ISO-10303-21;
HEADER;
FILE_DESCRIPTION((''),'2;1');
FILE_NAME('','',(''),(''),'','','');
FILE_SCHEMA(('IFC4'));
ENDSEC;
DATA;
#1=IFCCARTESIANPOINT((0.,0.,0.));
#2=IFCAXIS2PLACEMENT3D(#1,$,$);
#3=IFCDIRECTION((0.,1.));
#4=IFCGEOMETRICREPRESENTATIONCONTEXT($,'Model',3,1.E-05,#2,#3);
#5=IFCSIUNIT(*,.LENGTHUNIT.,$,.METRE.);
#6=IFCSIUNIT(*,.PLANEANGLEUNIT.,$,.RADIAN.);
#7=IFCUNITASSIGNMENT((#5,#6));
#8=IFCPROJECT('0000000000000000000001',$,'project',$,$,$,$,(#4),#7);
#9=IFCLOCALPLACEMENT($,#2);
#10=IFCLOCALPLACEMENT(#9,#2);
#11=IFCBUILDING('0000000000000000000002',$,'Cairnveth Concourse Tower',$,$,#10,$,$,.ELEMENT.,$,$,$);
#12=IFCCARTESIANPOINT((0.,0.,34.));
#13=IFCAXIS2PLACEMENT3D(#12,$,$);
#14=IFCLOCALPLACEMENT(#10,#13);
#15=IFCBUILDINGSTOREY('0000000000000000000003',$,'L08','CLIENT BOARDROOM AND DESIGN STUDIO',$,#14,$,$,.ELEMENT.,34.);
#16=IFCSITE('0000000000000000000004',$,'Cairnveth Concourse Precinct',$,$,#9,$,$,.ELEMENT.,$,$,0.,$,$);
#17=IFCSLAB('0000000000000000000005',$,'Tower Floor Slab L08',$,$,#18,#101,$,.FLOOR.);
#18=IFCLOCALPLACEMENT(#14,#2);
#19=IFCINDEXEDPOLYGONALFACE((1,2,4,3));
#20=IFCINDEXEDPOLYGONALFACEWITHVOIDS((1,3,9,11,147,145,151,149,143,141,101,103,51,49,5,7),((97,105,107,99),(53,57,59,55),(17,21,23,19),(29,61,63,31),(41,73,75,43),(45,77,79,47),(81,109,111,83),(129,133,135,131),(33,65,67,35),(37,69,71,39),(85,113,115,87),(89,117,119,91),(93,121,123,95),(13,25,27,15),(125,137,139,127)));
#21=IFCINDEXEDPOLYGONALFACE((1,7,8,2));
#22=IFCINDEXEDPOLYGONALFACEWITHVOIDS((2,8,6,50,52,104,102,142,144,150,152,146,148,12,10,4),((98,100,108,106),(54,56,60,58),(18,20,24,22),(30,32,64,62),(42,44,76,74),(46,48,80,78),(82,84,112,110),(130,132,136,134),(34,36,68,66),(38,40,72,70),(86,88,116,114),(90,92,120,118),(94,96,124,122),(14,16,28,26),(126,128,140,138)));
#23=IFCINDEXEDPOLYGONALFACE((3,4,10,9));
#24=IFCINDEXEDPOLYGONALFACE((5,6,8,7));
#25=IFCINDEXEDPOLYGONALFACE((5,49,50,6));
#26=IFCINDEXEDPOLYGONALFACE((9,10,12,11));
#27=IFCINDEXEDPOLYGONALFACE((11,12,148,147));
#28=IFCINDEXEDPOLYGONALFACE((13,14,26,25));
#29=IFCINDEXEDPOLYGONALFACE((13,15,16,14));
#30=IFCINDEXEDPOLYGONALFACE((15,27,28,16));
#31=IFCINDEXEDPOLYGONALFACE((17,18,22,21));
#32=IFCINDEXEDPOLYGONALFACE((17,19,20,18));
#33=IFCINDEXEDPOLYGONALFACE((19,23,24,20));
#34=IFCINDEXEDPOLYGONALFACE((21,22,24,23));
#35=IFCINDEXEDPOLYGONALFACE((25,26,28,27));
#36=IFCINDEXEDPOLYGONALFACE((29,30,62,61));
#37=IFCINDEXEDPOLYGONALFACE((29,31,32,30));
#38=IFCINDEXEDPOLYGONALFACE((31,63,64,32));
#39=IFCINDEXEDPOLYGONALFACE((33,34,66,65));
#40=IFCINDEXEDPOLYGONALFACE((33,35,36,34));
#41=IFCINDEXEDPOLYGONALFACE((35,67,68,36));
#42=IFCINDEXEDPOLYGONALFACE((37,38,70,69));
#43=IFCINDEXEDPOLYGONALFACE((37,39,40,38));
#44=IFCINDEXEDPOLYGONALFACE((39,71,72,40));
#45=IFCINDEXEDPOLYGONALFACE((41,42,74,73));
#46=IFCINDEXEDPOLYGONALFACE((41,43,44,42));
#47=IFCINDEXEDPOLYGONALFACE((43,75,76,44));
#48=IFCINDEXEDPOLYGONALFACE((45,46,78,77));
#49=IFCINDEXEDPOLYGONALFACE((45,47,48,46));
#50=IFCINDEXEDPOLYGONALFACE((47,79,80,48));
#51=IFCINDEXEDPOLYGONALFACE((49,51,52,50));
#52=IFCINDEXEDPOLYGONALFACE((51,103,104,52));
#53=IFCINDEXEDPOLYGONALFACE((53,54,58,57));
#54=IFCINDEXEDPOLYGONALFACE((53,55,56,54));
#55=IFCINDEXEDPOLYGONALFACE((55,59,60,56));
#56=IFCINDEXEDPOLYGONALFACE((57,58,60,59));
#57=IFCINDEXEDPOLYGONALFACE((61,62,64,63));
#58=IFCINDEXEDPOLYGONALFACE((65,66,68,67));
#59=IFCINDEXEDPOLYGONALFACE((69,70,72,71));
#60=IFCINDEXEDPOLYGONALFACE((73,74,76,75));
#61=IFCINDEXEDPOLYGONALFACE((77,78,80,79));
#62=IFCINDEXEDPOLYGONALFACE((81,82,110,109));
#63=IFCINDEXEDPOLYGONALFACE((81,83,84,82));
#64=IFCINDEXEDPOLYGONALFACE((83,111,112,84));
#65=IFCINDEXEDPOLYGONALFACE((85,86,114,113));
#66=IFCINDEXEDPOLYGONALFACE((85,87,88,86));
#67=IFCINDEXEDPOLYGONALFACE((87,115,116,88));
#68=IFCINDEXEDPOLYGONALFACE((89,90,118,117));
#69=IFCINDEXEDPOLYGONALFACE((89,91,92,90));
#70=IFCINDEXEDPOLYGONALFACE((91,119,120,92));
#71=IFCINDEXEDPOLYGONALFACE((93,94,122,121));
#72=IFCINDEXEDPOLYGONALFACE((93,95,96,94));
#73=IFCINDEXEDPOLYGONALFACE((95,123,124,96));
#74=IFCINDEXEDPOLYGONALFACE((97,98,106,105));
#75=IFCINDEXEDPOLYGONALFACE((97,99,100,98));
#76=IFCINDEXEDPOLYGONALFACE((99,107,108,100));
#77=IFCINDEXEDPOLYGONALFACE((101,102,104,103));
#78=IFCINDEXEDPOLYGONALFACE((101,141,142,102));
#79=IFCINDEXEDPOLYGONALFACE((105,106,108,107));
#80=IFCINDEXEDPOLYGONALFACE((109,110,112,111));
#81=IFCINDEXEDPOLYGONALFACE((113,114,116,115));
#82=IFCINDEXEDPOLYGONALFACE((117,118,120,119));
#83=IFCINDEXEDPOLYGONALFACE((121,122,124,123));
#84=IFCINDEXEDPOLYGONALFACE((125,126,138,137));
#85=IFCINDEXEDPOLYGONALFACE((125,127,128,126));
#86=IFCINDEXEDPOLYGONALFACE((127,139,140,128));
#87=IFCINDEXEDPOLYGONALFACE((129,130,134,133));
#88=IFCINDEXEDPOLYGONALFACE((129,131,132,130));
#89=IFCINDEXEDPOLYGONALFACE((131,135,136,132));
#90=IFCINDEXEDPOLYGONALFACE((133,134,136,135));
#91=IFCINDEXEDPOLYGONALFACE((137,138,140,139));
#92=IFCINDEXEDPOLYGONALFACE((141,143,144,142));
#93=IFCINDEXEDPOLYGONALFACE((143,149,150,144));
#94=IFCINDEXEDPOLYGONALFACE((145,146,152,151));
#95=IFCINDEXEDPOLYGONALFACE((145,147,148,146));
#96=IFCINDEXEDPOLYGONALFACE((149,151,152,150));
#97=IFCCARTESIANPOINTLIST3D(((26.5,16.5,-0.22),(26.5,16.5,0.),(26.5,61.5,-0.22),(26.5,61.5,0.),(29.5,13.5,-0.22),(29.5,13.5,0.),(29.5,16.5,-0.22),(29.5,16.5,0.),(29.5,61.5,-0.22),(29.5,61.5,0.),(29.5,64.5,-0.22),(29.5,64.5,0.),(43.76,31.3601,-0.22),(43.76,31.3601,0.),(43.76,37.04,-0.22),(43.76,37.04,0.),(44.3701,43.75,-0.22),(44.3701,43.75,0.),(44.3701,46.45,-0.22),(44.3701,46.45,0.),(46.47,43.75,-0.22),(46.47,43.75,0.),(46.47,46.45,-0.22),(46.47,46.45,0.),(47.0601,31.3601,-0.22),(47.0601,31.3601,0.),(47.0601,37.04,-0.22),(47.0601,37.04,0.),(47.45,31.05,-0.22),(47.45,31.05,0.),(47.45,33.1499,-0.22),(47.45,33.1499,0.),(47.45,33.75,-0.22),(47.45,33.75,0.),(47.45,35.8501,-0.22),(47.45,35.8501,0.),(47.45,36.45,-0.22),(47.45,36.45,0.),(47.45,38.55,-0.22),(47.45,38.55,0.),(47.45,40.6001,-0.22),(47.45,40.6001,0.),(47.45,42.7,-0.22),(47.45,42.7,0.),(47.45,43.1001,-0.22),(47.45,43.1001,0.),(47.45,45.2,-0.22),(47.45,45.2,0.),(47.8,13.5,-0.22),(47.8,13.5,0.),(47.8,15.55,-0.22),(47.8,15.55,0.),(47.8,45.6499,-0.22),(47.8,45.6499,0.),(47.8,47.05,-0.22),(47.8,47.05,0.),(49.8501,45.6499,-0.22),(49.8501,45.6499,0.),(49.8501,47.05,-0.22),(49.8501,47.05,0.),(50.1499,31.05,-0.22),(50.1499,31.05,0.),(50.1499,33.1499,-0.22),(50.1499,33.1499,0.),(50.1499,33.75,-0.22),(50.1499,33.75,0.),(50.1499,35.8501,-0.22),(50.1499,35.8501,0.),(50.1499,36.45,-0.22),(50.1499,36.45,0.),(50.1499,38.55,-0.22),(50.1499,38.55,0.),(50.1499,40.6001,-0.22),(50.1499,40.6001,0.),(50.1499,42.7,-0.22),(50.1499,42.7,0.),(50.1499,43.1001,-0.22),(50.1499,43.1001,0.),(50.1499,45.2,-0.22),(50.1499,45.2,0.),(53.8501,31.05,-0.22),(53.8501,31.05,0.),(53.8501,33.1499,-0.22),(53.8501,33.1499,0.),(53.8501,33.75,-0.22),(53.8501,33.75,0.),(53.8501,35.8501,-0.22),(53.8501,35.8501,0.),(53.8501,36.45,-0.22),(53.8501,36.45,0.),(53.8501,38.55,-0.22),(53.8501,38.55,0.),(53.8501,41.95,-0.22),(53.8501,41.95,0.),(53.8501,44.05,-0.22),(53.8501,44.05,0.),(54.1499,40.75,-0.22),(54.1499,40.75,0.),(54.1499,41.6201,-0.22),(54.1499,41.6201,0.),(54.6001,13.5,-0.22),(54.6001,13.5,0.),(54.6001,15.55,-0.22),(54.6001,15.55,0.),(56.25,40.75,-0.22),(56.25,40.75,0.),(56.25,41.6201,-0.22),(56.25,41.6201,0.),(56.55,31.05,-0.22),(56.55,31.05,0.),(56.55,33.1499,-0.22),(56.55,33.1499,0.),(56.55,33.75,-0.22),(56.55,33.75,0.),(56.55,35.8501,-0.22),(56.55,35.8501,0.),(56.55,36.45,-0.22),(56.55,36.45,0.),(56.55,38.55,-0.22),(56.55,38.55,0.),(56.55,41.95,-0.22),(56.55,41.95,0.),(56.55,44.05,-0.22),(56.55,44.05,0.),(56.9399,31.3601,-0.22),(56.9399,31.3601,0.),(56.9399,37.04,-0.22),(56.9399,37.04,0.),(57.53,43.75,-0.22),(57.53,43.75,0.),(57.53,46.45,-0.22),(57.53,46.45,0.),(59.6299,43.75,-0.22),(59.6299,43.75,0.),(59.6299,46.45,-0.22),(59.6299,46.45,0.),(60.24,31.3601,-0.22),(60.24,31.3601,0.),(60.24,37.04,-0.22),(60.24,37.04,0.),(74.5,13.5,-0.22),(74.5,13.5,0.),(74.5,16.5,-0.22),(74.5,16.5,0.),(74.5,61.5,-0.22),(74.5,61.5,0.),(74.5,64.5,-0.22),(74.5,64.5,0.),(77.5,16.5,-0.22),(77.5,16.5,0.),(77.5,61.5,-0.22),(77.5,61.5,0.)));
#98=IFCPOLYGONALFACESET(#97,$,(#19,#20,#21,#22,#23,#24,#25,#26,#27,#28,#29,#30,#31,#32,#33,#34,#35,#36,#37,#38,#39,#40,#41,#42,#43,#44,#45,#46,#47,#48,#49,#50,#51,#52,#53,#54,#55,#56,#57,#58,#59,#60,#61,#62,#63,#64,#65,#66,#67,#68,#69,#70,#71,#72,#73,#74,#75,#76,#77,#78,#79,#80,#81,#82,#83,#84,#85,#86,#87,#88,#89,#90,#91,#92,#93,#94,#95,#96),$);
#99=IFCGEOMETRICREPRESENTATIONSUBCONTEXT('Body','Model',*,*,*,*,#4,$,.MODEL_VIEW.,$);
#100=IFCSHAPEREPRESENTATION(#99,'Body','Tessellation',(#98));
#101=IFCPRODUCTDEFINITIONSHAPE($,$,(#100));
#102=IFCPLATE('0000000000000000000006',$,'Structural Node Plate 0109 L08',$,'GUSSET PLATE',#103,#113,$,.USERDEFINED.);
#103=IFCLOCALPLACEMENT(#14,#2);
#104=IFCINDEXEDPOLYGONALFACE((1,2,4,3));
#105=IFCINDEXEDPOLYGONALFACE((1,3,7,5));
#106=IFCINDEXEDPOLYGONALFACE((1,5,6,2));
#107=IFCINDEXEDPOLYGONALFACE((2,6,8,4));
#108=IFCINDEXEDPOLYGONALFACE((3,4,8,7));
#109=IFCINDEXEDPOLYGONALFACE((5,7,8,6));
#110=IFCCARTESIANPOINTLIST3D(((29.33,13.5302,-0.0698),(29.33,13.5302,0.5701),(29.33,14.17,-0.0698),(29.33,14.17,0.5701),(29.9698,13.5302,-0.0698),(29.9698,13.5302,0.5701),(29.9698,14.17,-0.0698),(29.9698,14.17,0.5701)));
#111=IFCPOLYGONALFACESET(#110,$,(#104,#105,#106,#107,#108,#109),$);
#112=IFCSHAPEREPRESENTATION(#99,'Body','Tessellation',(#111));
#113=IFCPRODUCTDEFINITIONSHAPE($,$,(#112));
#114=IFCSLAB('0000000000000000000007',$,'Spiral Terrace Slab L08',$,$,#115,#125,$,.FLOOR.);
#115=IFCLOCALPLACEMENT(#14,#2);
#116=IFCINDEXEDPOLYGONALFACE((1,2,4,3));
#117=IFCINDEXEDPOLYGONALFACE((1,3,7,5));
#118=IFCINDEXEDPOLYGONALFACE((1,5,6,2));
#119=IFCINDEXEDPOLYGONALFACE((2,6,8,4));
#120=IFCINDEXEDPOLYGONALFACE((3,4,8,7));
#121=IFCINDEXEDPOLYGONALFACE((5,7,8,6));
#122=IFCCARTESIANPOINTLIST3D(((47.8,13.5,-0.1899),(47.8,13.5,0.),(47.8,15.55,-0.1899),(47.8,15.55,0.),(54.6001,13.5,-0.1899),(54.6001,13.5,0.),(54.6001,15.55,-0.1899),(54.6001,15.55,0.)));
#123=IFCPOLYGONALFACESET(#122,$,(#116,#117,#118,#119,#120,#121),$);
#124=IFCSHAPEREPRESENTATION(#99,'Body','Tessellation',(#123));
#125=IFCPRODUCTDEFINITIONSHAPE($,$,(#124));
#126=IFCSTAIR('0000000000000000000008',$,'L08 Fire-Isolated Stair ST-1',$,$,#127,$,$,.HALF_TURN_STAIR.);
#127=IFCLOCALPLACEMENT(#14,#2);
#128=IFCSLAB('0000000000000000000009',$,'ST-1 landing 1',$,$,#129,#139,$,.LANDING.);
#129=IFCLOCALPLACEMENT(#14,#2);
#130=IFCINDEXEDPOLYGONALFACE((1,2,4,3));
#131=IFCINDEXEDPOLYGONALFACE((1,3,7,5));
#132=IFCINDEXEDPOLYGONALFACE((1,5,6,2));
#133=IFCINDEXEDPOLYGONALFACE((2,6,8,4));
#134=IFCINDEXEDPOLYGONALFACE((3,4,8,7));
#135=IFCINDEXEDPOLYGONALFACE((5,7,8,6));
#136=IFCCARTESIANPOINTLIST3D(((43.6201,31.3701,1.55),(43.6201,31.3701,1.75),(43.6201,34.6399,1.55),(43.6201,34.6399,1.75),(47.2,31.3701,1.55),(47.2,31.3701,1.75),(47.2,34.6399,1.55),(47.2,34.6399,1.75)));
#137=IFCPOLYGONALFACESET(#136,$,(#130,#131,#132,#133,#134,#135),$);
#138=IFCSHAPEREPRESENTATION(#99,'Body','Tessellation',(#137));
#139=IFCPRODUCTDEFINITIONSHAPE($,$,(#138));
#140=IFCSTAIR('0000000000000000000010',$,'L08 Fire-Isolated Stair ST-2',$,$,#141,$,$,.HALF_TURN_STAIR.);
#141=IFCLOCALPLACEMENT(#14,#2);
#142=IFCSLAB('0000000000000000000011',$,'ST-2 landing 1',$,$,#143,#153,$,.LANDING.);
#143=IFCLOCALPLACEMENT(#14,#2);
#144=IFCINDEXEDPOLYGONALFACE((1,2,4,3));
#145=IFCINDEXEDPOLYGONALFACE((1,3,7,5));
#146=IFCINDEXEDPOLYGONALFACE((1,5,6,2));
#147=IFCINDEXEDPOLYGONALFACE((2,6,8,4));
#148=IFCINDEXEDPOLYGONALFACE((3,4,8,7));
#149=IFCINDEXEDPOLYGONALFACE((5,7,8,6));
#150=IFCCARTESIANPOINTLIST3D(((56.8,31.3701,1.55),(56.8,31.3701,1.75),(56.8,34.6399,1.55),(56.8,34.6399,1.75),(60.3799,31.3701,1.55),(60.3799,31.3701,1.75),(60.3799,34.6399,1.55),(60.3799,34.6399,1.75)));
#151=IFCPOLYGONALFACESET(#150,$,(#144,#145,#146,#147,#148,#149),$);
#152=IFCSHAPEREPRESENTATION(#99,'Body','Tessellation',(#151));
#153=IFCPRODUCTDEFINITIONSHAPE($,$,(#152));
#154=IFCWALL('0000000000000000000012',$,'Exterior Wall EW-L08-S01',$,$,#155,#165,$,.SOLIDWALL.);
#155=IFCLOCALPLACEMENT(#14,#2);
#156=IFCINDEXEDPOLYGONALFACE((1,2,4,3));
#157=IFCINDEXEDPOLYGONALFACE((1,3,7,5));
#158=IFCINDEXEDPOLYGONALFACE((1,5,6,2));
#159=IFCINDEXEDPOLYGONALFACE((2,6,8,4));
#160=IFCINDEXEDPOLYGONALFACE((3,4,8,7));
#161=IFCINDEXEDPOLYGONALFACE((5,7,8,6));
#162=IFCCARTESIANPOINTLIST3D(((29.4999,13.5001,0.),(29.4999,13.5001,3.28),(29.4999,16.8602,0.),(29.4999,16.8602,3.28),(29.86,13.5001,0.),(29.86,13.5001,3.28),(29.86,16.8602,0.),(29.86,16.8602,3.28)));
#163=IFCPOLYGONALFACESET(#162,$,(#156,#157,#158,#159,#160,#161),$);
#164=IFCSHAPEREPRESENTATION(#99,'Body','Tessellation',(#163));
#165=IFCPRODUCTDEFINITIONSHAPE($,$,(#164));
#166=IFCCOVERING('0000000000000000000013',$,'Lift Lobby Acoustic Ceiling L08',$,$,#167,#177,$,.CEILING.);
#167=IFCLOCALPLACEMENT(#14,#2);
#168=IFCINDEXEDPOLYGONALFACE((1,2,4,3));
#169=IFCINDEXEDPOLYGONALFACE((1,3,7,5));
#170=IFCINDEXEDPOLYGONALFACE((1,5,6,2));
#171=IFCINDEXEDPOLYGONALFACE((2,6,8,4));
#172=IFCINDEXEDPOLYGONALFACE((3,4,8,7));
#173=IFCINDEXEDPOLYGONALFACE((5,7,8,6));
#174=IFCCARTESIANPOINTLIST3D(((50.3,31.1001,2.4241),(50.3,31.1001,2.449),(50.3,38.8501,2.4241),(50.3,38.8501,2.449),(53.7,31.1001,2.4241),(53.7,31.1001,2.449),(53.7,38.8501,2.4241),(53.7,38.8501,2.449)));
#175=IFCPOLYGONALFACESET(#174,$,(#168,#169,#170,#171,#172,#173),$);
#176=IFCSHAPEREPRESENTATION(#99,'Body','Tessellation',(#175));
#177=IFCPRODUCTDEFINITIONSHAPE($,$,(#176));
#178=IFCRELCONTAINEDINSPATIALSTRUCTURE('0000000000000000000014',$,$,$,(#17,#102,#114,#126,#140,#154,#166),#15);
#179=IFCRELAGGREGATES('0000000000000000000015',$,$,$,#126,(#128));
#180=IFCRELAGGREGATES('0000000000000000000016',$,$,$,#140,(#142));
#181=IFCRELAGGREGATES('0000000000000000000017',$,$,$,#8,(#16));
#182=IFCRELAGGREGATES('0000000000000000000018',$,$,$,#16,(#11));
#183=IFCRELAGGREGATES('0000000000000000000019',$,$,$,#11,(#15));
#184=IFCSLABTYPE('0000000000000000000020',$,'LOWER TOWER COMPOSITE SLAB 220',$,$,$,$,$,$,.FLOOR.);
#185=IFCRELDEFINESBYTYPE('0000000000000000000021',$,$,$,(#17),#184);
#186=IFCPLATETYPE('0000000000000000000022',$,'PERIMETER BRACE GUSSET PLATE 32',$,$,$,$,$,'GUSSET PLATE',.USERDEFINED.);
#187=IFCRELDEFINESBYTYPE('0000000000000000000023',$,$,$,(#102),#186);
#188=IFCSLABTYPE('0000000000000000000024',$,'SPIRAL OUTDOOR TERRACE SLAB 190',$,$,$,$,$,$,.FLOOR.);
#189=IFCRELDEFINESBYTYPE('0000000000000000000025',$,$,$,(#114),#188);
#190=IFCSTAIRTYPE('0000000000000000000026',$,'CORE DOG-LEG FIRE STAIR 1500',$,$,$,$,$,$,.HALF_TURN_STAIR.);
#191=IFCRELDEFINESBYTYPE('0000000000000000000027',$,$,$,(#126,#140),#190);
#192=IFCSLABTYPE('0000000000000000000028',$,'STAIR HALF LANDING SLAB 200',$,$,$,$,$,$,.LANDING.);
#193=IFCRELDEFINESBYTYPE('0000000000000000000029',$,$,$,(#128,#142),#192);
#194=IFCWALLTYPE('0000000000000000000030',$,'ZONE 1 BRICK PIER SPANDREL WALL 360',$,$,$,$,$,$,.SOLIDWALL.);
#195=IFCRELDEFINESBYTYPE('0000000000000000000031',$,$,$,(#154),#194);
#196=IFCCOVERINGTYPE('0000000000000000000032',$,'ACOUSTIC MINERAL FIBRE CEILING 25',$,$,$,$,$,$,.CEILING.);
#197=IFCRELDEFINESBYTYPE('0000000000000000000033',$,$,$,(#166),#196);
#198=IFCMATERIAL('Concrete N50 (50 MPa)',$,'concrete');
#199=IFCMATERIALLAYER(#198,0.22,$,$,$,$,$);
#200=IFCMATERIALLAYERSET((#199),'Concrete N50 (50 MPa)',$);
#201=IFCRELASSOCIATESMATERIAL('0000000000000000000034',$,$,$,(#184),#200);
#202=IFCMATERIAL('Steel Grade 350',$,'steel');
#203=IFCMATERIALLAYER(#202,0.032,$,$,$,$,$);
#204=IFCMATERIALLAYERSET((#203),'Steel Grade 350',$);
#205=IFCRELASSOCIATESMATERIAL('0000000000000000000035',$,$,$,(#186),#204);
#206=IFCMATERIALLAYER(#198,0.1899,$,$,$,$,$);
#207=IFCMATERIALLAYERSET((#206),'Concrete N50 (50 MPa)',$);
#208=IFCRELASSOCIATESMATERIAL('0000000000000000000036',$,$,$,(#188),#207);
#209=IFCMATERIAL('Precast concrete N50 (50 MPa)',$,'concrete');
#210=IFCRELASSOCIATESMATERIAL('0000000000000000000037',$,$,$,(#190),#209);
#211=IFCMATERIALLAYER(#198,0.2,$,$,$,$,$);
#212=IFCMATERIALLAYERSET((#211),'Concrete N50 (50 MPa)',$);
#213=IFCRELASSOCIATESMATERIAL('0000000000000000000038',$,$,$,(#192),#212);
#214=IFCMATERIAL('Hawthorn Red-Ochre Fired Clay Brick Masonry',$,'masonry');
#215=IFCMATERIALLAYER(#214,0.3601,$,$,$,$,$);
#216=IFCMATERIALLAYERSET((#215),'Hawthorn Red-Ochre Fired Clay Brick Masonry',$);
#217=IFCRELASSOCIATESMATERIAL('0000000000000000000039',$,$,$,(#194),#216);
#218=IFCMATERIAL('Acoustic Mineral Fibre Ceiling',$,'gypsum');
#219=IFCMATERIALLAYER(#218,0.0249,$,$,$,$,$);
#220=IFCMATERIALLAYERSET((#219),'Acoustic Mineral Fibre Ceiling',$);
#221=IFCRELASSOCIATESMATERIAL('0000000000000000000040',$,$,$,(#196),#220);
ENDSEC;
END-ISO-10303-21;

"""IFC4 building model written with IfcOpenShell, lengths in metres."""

from ifc_helpers import new_model, si_unit, direction, frame, frame_2d, origin, origin_2d, place, context, subcontext, project, spatial, polyline, rectangle, outline, extrude, material, layer, layer_set, type_object, element, aggregate, save


model = new_model("IFC4")

# Units and contexts
model_context = context("Model", 3, precision=1e-05, world=origin(), true_north=direction((0.0, 1.0)))
body_context = subcontext(model_context, "Body", "Model", "MODEL_VIEW")
ifc_project = project(units=[si_unit("LENGTHUNIT", "METRE"), si_unit("PLANEANGLEUNIT", "RADIAN")], contexts=[model_context])

# Site, building, storey
site_placement = place(None, origin())
site = spatial("IfcSite", under=ifc_project, at=site_placement, Name="Cairnveth Concourse Precinct", CompositionType="ELEMENT", RefElevation=0.0)
building_placement = place(site_placement, origin())
building = spatial("IfcBuilding", under=site, at=building_placement, Name="Cairnveth Concourse Tower", CompositionType="ELEMENT")
storey_placement = place(building_placement, frame((0.0, 0.0, 34.0)))
storey = spatial("IfcBuildingStorey", under=building, at=storey_placement, Name="L08", Description="CLIENT BOARDROOM AND DESIGN STUDIO", CompositionType="ELEMENT", Elevation=34.0)

# Shared definitions
ifc_material_1 = material(Name="Steel Grade 350", Category="steel")

# Slab
ifc_material_2 = material(Name="Concrete N50 (50 MPa)", Category="concrete")
ifc_layer_1 = layer(ifc_material_2, 0.22)
ifc_layer_set_1 = layer_set([ifc_layer_1], Name="Concrete N50 (50 MPa)")
slab_type_1 = type_object("IfcSlabType", Name="LOWER TOWER COMPOSITE SLAB 220", PredefinedType="FLOOR", material=ifc_layer_set_1)
slab_1_placement = place(storey_placement, frame((0.0, 0.0, -0.22)))
element("IfcSlab", 1, at=slab_1_placement, inside=storey, type_object=slab_type_1, Name="Tower Floor Slab L08", PredefinedType="FLOOR", context=body_context, shape_type="SweptSolid", body=[
    extrude(outline(polyline([(47.8, 13.5), (47.8, 15.55), (54.6001, 15.55), (54.6001, 13.5), (74.5, 13.5), (74.5, 16.5), (77.5, 16.5), (77.5, 61.5), (74.5, 61.5), (74.5, 64.5), (29.5, 64.5), (29.5, 61.5), (26.5, 61.5), (26.5, 16.5), (29.5, 16.5), (29.5, 13.5), (47.8, 13.5)]), holes=[polyline([(43.76, 31.3601), (47.0601, 31.3601), (47.0601, 37.04), (43.76, 37.04), (43.76, 31.3601)]), polyline([(56.9399, 31.3601), (60.24, 31.3601), (60.24, 37.04), (56.9399, 37.04), (56.9399, 31.3601)]), polyline([(44.3701, 43.75), (46.47, 43.75), (46.47, 46.45), (44.3701, 46.45), (44.3701, 43.75)]), polyline([(57.53, 43.75), (59.6299, 43.75), (59.6299, 46.45), (57.53, 46.45), (57.53, 43.75)]), polyline([(47.45, 31.05), (50.1499, 31.05), (50.1499, 33.1499), (47.45, 33.1499), (47.45, 31.05)]), polyline([(47.45, 33.75), (50.1499, 33.75), (50.1499, 35.8501), (47.45, 35.8501), (47.45, 33.75)]), polyline([(47.45, 36.45), (50.1499, 36.45), (50.1499, 38.55), (47.45, 38.55), (47.45, 36.45)]), polyline([(53.8501, 31.05), (56.55, 31.05), (56.55, 33.1499), (53.8501, 33.1499), (53.8501, 31.05)]), polyline([(53.8501, 33.75), (56.55, 33.75), (56.55, 35.8501), (53.8501, 35.8501), (53.8501, 33.75)]), polyline([(53.8501, 36.45), (56.55, 36.45), (56.55, 38.55), (53.8501, 38.55), (53.8501, 36.45)]), polyline([(47.45, 40.6001), (50.1499, 40.6001), (50.1499, 42.7), (47.45, 42.7), (47.45, 40.6001)]), polyline([(47.45, 43.1001), (50.1499, 43.1001), (50.1499, 45.2), (47.45, 45.2), (47.45, 43.1001)]), polyline([(53.8501, 41.95), (56.55, 41.95), (56.55, 44.05), (53.8501, 44.05), (53.8501, 41.95)]), polyline([(47.8, 45.6499), (49.8501, 45.6499), (49.8501, 47.05), (47.8, 47.05), (47.8, 45.6499)]), polyline([(54.1499, 40.75), (56.25, 40.75), (56.25, 41.6201), (54.1499, 41.6201), (54.1499, 40.75)])]), origin(), (0.0, 0.0, 1.0), 0.22),
])

# Plate
ifc_layer_2 = layer(ifc_material_1, 0.032)
ifc_layer_set_2 = layer_set([ifc_layer_2], Name="Steel Grade 350")
plate_type = type_object("IfcPlateType", Name="PERIMETER BRACE GUSSET PLATE 32", ElementType="GUSSET PLATE", PredefinedType="USERDEFINED", material=ifc_layer_set_2)
plate_placement = place(storey_placement, frame((29.6499, 13.8501, -0.0698), z_axis=(0.0, 0.0, 1.0), x_axis=(1.0, 0.0, 0.0)))
element("IfcPlate", 2, at=plate_placement, inside=storey, type_object=plate_type, Name="Structural Node Plate 0109 L08", ObjectType="GUSSET PLATE", PredefinedType="USERDEFINED", context=body_context, shape_type="SweptSolid", body=[
    extrude(rectangle(XDim=0.6399, YDim=0.6399, at=origin_2d()), origin(), (0.0, 0.0, 1.0), 0.6399),
])

# Slab
ifc_layer_3 = layer(ifc_material_2, 0.1899)
ifc_layer_set_3 = layer_set([ifc_layer_3], Name="Concrete N50 (50 MPa)")
slab_type_2 = type_object("IfcSlabType", Name="SPIRAL OUTDOOR TERRACE SLAB 190", PredefinedType="FLOOR", material=ifc_layer_set_3)
slab_2_placement = place(storey_placement, frame((0.0, 0.0, -0.1899)))
element("IfcSlab", 3, at=slab_2_placement, inside=storey, type_object=slab_type_2, Name="Spiral Terrace Slab L08", PredefinedType="FLOOR", context=body_context, shape_type="SweptSolid", body=[
    extrude(outline(polyline([(47.8, 13.5), (54.6001, 13.5), (54.6001, 15.55), (47.8, 15.55), (47.8, 13.5)])), origin(), (0.0, 0.0, 1.0), 0.1899),
])

# Stairs, slabs
ifc_material_3 = material(Name="Precast concrete N50 (50 MPa)", Category="concrete")
stair_type = type_object("IfcStairType", Name="CORE DOG-LEG FIRE STAIR 1500", PredefinedType="HALF_TURN_STAIR", material=ifc_material_3)
stair_1_placement = place(storey_placement, origin())
stair_1 = element("IfcStair", 4, at=stair_1_placement, inside=storey, type_object=stair_type, Name="L08 Fire-Isolated Stair ST-1", PredefinedType="HALF_TURN_STAIR")
ifc_layer_4 = layer(ifc_material_2, 0.2)
ifc_layer_set_4 = layer_set([ifc_layer_4], Name="Concrete N50 (50 MPa)")
slab_type_3 = type_object("IfcSlabType", Name="STAIR HALF LANDING SLAB 200", PredefinedType="LANDING", material=ifc_layer_set_4)
slab_3_placement = place(storey_placement, frame((0.0, 0.0, 1.55)))
slab_3 = element("IfcSlab", 5, at=slab_3_placement, type_object=slab_type_3, Name="ST-1 landing 1", PredefinedType="LANDING", context=body_context, shape_type="SweptSolid", body=[
    extrude(outline(polyline([(43.6201, 34.6399), (43.6201, 31.3701), (47.2, 31.3701), (47.2, 34.6399), (43.6201, 34.6399)])), origin(), (0.0, 0.0, 1.0), 0.2),
])
aggregate(stair_1, [slab_3])
stair_2_placement = place(storey_placement, origin())
stair_2 = element("IfcStair", 6, at=stair_2_placement, inside=storey, type_object=stair_type, Name="L08 Fire-Isolated Stair ST-2", PredefinedType="HALF_TURN_STAIR")
slab_4_placement = place(storey_placement, frame((0.0, 0.0, 1.55)))
slab_4 = element("IfcSlab", 7, at=slab_4_placement, type_object=slab_type_3, Name="ST-2 landing 1", PredefinedType="LANDING", context=body_context, shape_type="SweptSolid", body=[
    extrude(outline(polyline([(56.8, 34.6399), (56.8, 31.3701), (60.3799, 31.3701), (60.3799, 34.6399), (56.8, 34.6399)])), origin(), (0.0, 0.0, 1.0), 0.2),
])
aggregate(stair_2, [slab_4])

# Wall
ifc_material_4 = material(Name="Hawthorn Red-Ochre Fired Clay Brick Masonry", Category="masonry")
ifc_layer_5 = layer(ifc_material_4, 0.3601)
ifc_layer_set_5 = layer_set([ifc_layer_5], Name="Hawthorn Red-Ochre Fired Clay Brick Masonry")
wall_type = type_object("IfcWallType", Name="ZONE 1 BRICK PIER SPANDREL WALL 360", PredefinedType="SOLIDWALL", material=ifc_layer_set_5)
wall_1_placement = place(storey_placement, frame((29.6799, 13.5, 0.0), z_axis=(0.0, 0.0, 1.0), x_axis=(0.0, 1.0, 0.0)))
element("IfcWall", 8, at=wall_1_placement, inside=storey, type_object=wall_type, Name="Exterior Wall EW-L08-S01", PredefinedType="SOLIDWALL", context=body_context, shape_type="SweptSolid", body=[
    extrude(rectangle(XDim=3.3601, YDim=0.3601, at=frame_2d((1.6802, 0.0))), origin(), (0.0, 0.0, 1.0), 3.28),
])

# Covering
ifc_material_5 = material(Name="Acoustic Mineral Fibre Ceiling", Category="gypsum")
ifc_layer_6 = layer(ifc_material_5, 0.0249)
ifc_layer_set_6 = layer_set([ifc_layer_6], Name="Acoustic Mineral Fibre Ceiling")
covering_type_1 = type_object("IfcCoveringType", Name="ACOUSTIC MINERAL FIBRE CEILING 25", PredefinedType="CEILING", material=ifc_layer_set_6)
covering_1_placement = place(storey_placement, frame((0.0, 0.0, 2.4241)))
element("IfcCovering", 9, at=covering_1_placement, inside=storey, type_object=covering_type_1, Name="Lift Lobby Acoustic Ceiling L08", PredefinedType="CEILING", context=body_context, shape_type="SweptSolid", body=[
    extrude(outline(polyline([(50.3, 31.1001), (53.7, 31.1001), (53.7, 38.8501), (50.3, 38.8501), (50.3, 31.1001)])), origin(), (0.0, 0.0, 1.0), 0.0249),
])

save(model, "model.ifc")
